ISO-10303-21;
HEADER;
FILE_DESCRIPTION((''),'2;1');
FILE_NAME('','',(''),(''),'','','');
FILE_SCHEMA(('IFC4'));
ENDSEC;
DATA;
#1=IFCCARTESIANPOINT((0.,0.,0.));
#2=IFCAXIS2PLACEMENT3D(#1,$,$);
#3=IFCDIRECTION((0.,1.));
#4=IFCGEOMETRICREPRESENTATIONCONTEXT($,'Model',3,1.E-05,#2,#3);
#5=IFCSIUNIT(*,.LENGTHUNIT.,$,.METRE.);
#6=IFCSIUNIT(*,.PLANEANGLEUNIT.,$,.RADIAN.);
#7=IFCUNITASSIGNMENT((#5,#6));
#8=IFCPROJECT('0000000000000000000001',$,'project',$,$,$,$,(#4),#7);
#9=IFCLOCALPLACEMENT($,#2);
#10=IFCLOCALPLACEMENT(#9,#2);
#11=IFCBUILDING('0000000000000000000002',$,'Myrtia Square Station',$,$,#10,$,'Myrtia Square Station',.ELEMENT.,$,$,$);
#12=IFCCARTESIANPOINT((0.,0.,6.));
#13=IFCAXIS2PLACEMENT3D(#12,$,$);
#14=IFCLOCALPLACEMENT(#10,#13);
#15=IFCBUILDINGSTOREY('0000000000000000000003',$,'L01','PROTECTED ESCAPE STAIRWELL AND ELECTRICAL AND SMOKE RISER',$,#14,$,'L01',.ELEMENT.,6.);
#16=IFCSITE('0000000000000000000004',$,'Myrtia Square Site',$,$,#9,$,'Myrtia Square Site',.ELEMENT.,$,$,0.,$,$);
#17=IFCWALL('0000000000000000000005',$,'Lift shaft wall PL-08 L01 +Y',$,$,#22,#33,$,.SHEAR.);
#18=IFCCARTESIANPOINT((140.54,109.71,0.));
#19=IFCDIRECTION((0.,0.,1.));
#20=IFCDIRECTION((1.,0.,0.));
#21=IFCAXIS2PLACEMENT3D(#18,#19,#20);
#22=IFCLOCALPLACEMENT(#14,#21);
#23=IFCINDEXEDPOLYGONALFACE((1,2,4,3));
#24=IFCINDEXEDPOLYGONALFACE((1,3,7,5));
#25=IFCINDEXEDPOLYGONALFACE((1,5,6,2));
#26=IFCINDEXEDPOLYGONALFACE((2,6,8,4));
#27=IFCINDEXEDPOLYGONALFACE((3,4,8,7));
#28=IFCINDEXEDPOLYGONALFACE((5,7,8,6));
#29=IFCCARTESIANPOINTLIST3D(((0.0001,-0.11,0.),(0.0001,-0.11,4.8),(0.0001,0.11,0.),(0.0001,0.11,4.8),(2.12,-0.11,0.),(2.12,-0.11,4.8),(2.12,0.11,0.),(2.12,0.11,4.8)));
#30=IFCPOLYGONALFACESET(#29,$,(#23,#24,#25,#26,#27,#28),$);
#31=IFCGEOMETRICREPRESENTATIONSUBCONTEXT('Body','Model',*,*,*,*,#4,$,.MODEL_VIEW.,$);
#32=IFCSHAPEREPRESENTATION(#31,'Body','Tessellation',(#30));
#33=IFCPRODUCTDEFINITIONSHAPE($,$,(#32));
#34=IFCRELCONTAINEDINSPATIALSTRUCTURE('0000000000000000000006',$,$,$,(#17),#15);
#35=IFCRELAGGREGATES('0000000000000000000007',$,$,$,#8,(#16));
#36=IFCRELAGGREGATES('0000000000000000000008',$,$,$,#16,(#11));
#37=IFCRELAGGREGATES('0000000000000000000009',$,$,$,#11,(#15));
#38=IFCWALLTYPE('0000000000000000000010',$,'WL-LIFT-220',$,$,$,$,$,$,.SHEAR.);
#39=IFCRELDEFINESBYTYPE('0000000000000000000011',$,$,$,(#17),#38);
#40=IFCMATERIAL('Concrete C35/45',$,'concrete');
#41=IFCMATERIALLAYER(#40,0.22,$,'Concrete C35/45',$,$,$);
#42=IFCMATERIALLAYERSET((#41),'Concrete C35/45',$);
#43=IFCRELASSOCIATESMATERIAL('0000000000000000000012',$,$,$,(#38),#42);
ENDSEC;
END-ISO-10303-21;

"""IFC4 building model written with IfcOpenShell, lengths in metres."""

from ifc_helpers import new_model, si_unit, direction, frame, frame_2d, origin, place, context, subcontext, project, spatial, rectangle, extrude, material, layer, layer_set, type_object, element, save


model = new_model("IFC4")

# Units and contexts
model_context = context("Model", 3, precision=1e-05, world=origin(), true_north=direction((0.0, 1.0)))
body_context = subcontext(model_context, "Body", "Model", "MODEL_VIEW")
ifc_project = project(units=[si_unit("LENGTHUNIT", "METRE"), si_unit("PLANEANGLEUNIT", "RADIAN")], contexts=[model_context])

# Site, building, storey
site_placement = place(None, origin())
site = spatial("IfcSite", under=ifc_project, at=site_placement, Name="Myrtia Square Site", LongName="Myrtia Square Site", CompositionType="ELEMENT", RefElevation=0.0)
building_placement = place(site_placement, origin())
building = spatial("IfcBuilding", under=site, at=building_placement, Name="Myrtia Square Station", LongName="Myrtia Square Station", CompositionType="ELEMENT")
storey_placement = place(building_placement, frame((0.0, 0.0, 6.0)))
storey = spatial("IfcBuildingStorey", under=building, at=storey_placement, Name="L01", Description="PROTECTED ESCAPE STAIRWELL AND ELECTRICAL AND SMOKE RISER", LongName="L01", CompositionType="ELEMENT", Elevation=6.0)

# Shared definitions
ifc_material_1 = material(Name="Concrete C35/45", Category="concrete")

# Shared definitions
ifc_layer_1 = layer(ifc_material_1, 0.22, Name="Concrete C35/45")
ifc_layer_set_1 = layer_set([ifc_layer_1], Name="Concrete C35/45")
wall_type_1 = type_object("IfcWallType", Name="WL-LIFT-220", PredefinedType="SHEAR", material=ifc_layer_set_1)

# Wall
wall_1_placement = place(storey_placement, frame((140.54, 109.71, 0.0), z_axis=(0.0, 0.0, 1.0), x_axis=(1.0, 0.0, 0.0)))
element("IfcWall", 1, at=wall_1_placement, inside=storey, type_object=wall_type_1, Name="Lift shaft wall PL-08 L01 +Y", PredefinedType="SHEAR", context=body_context, shape_type="SweptSolid", body=[
    extrude(rectangle(XDim=2.1199, YDim=0.22, at=frame_2d((1.0601, 0.0))), origin(), (0.0, 0.0, 1.0), 4.8),
])

save(model, "model.ifc")
